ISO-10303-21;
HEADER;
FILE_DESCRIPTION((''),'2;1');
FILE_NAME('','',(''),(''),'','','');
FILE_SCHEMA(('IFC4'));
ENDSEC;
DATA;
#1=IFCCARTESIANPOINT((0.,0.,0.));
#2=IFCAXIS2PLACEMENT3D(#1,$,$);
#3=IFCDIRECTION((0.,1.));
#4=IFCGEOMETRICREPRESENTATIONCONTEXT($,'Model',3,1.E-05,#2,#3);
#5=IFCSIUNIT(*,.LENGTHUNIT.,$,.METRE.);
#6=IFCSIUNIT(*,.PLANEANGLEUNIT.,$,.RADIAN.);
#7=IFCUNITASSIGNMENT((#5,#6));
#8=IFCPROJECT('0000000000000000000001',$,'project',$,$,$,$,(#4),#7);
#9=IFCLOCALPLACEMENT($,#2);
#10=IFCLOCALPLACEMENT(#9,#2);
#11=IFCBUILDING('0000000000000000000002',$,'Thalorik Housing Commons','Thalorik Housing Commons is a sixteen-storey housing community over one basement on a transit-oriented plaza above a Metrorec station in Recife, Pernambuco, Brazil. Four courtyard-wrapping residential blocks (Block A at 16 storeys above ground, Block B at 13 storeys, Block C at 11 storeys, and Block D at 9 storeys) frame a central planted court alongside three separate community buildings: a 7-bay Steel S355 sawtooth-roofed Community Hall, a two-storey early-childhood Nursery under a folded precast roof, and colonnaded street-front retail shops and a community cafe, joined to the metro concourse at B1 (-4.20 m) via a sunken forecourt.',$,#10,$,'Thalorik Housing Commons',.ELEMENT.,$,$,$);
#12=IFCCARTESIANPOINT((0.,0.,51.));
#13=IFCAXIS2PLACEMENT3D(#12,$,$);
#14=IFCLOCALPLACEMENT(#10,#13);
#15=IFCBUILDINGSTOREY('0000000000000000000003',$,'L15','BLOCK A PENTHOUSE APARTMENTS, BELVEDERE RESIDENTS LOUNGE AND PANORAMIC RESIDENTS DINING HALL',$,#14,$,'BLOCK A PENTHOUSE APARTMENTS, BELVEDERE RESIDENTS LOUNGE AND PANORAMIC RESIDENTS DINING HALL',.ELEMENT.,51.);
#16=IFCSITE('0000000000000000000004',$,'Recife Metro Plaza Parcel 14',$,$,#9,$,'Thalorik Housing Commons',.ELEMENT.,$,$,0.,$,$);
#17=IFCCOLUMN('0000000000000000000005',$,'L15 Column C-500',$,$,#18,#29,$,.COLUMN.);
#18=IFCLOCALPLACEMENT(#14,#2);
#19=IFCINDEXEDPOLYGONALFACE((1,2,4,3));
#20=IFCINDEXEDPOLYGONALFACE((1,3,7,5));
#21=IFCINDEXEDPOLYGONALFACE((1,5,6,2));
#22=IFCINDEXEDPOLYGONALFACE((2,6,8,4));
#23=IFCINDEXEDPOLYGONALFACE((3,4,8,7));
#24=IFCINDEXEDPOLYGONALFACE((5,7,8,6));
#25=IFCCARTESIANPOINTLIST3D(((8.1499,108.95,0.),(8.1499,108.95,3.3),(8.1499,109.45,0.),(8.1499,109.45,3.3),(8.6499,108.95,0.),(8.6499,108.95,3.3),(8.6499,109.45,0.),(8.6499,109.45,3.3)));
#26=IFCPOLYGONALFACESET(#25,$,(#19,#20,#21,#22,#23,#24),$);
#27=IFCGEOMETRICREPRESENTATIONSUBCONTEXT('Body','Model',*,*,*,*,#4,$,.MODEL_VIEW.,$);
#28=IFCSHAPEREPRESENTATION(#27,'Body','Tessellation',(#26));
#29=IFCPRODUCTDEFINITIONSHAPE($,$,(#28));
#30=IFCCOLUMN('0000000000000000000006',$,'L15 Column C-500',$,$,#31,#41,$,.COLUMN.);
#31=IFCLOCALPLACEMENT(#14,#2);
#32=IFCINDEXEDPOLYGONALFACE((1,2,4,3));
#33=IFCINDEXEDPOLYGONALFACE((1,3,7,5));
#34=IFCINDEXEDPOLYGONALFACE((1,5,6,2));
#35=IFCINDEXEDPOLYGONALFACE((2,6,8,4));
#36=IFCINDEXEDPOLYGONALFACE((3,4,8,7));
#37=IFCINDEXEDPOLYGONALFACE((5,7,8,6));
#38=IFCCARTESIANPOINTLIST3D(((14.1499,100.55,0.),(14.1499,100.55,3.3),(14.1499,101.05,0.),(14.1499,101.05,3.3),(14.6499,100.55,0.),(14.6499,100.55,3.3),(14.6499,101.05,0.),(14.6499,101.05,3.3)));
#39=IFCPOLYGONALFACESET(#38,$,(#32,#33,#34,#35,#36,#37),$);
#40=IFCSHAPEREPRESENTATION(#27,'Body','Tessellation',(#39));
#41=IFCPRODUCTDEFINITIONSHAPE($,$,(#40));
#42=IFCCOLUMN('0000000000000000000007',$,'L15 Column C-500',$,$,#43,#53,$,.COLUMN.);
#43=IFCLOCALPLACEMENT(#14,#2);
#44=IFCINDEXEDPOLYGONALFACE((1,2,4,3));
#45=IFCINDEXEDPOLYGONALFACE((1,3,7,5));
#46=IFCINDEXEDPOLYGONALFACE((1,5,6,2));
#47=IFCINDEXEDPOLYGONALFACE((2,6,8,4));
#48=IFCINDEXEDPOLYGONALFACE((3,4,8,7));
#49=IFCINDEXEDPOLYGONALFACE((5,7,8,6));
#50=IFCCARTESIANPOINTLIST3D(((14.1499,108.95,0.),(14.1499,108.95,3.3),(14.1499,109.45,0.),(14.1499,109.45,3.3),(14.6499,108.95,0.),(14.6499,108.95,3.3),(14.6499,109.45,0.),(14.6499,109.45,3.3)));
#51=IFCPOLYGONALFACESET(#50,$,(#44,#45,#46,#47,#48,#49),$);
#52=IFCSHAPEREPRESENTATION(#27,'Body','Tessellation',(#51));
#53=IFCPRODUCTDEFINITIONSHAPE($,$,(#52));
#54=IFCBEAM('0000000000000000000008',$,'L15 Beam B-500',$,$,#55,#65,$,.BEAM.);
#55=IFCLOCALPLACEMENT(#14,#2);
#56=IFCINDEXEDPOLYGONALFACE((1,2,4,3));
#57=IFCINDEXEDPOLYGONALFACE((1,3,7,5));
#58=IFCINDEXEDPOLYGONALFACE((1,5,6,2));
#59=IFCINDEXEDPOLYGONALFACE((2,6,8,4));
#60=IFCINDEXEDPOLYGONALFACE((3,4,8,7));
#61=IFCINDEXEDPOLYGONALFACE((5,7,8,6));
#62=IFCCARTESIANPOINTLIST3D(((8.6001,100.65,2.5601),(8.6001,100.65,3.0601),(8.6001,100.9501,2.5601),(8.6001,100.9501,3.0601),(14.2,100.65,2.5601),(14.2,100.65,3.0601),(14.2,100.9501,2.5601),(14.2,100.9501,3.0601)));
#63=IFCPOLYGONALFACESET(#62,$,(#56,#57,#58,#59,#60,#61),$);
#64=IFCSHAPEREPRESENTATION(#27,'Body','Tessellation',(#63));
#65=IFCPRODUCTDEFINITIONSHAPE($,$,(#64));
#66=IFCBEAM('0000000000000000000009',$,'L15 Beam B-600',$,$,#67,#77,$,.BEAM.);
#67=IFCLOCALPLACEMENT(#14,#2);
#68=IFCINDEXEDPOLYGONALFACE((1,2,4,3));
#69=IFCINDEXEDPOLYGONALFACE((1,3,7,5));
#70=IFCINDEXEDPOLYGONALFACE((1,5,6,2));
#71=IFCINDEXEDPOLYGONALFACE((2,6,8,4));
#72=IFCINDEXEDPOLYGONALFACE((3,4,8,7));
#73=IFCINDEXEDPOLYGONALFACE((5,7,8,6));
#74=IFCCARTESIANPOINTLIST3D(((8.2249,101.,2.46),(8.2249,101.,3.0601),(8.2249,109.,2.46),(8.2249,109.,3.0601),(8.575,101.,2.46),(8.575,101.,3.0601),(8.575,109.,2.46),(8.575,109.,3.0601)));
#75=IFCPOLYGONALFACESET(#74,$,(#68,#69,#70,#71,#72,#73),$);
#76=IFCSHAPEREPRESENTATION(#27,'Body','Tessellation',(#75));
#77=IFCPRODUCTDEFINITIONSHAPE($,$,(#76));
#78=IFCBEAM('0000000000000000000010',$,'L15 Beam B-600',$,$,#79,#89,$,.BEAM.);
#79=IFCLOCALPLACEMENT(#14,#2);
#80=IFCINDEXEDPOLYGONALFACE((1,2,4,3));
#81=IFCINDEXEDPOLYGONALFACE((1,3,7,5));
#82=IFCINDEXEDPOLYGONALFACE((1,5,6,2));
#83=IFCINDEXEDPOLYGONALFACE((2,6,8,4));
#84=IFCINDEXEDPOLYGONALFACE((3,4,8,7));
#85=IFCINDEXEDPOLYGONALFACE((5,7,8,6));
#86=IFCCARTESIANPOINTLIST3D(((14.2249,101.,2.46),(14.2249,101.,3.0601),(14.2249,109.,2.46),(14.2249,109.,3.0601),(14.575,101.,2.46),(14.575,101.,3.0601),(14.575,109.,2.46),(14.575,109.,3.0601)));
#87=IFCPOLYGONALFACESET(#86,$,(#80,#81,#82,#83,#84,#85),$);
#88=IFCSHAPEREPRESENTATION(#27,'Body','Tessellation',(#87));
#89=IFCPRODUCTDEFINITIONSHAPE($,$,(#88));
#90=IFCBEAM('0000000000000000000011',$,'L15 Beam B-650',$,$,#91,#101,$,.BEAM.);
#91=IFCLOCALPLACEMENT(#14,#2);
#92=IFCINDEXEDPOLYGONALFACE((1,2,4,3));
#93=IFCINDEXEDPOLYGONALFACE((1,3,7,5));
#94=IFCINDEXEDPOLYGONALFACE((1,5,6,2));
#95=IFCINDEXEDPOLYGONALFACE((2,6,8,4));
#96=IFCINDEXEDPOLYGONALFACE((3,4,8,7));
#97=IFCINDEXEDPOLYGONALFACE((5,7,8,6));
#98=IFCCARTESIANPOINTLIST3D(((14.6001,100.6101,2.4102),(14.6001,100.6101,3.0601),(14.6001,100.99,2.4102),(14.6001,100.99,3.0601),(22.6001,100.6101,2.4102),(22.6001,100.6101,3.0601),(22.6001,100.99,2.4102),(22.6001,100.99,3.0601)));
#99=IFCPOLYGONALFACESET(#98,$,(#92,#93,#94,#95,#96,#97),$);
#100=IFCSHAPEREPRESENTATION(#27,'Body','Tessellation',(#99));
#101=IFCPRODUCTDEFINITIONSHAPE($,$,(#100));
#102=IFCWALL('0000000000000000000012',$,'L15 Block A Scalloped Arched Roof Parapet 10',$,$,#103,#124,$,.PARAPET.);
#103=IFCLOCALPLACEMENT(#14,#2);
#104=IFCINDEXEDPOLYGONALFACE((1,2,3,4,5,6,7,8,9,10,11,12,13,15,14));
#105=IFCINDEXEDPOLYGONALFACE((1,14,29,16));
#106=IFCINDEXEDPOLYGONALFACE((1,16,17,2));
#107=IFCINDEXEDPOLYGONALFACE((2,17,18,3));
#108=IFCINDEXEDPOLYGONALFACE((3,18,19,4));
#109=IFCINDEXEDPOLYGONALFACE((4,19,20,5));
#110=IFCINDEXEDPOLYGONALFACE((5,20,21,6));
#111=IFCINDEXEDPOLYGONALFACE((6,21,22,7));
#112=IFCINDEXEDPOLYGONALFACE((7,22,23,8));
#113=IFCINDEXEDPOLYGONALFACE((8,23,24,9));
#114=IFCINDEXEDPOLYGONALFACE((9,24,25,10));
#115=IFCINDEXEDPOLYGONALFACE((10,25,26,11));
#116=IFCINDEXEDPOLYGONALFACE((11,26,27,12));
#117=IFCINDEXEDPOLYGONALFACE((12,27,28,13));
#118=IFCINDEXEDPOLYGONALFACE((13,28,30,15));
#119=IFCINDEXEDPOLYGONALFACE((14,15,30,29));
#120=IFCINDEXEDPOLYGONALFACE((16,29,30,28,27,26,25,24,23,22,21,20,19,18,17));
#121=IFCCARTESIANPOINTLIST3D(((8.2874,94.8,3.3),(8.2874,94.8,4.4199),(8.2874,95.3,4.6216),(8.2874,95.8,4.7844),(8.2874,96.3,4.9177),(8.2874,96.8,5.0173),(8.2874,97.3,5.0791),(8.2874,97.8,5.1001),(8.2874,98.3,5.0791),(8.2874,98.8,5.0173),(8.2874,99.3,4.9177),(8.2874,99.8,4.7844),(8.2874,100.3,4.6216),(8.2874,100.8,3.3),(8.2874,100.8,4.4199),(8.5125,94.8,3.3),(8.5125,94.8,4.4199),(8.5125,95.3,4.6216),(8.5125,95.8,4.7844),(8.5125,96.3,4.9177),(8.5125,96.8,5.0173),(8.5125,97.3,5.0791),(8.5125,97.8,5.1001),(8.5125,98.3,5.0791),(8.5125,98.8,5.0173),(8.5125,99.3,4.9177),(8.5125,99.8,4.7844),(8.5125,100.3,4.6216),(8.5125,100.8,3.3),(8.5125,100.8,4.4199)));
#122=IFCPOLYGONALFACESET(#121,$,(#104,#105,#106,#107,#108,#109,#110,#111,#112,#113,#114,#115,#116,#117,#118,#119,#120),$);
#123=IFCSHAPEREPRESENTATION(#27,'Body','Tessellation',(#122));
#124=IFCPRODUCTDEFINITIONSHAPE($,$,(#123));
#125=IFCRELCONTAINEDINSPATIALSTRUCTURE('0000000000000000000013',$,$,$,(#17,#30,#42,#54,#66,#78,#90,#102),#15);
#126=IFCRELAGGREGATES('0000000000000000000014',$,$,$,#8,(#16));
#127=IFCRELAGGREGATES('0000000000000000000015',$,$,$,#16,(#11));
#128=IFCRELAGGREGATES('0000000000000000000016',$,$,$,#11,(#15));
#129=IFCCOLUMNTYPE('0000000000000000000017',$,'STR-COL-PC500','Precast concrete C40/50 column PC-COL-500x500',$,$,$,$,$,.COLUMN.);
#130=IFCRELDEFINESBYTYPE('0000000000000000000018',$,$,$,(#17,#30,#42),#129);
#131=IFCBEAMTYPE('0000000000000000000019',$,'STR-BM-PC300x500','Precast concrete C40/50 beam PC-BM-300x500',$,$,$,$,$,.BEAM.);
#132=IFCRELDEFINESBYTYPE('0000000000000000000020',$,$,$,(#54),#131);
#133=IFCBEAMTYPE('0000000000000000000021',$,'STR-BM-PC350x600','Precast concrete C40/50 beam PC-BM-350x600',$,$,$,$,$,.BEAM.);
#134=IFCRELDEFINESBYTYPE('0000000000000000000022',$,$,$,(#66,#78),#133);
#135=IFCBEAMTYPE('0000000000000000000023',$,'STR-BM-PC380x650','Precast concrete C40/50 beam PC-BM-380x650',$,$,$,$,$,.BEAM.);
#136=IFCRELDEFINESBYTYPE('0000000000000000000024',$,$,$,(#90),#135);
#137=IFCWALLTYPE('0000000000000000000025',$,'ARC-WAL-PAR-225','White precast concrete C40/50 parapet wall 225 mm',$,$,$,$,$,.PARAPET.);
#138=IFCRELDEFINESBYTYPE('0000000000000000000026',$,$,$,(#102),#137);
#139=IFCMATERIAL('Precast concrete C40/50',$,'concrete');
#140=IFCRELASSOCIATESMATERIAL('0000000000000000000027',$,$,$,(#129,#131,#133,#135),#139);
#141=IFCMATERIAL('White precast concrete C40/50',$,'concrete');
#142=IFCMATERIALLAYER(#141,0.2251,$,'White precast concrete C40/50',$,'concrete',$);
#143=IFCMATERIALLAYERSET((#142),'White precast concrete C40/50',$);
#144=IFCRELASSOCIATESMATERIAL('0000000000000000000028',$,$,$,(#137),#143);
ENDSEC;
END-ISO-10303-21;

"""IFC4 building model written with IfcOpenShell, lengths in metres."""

from ifc_helpers import new_model, si_unit, direction, frame, origin, origin_2d, place, context, subcontext, project, spatial, polyline, rectangle, outline, extrude, material, layer, layer_set, material_profile, profile_set, type_object, element, save


model = new_model("IFC4")

# Units and contexts
model_context = context("Model", 3, precision=1e-05, world=origin(), true_north=direction((0.0, 1.0)))
body_context = subcontext(model_context, "Body", "Model", "MODEL_VIEW")
ifc_project = project(units=[si_unit("LENGTHUNIT", "METRE"), si_unit("PLANEANGLEUNIT", "RADIAN")], contexts=[model_context])

# Site, building, storey
site_placement = place(None, origin())
site = spatial("IfcSite", under=ifc_project, at=site_placement, Name="Recife Metro Plaza Parcel 14", LongName="Thalorik Housing Commons", CompositionType="ELEMENT", RefElevation=0.0)
building_placement = place(site_placement, origin())
building = spatial("IfcBuilding", under=site, at=building_placement, Name="Thalorik Housing Commons", Description="Thalorik Housing Commons is a sixteen-storey housing community over one basement on a transit-oriented plaza above a Metrorec station in Recife, Pernambuco, Brazil. Four courtyard-wrapping residential blocks (Block A at 16 storeys above ground, Block B at 13 storeys, Block C at 11 storeys, and Block D at 9 storeys) frame a central planted court alongside three separate community buildings: a 7-bay Steel S355 sawtooth-roofed Community Hall, a two-storey early-childhood Nursery under a folded precast roof, and colonnaded street-front retail shops and a community cafe, joined to the metro concourse at B1 (-4.20 m) via a sunken forecourt.", LongName="Thalorik Housing Commons", CompositionType="ELEMENT")
storey_placement = place(building_placement, frame((0.0, 0.0, 51.0)))
storey = spatial("IfcBuildingStorey", under=building, at=storey_placement, Name="L15", Description="BLOCK A PENTHOUSE APARTMENTS, BELVEDERE RESIDENTS LOUNGE AND PANORAMIC RESIDENTS DINING HALL", LongName="BLOCK A PENTHOUSE APARTMENTS, BELVEDERE RESIDENTS LOUNGE AND PANORAMIC RESIDENTS DINING HALL", CompositionType="ELEMENT", Elevation=51.0)

# Columns
ifc_material_1 = material(Name="Precast concrete C40/50", Category="concrete")
ifc_material_profile_1 = material_profile(ifc_material_1, rectangle(XDim=0.5, YDim=0.5, at=origin_2d()), Name="PC 500x500", Category="concrete")
ifc_profile_set_1 = profile_set([ifc_material_profile_1], Name="Precast concrete C40/50")
column_type = type_object("IfcColumnType", Name="STR-COL-PC500", Description="Precast concrete C40/50 column PC-COL-500x500", PredefinedType="COLUMN", material=ifc_profile_set_1)
for number, where, z_axis, x_axis, name in (
    (1, (8.3999, 109.2, 0.0), (0.0, 0.0, 1.0), (1.0, 0.0, 0.0), "L15 Column C-500"),
    (2, (14.3999, 100.8, 0.0), (0.0, 0.0, 1.0), (1.0, 0.0, 0.0), "L15 Column C-500"),
    (3, (14.3999, 109.2, 0.0), (0.0, 0.0, 1.0), (1.0, 0.0, 0.0), "L15 Column C-500"),
):
    element("IfcColumn", number, at=place(storey_placement, frame(where, z_axis=z_axis, x_axis=x_axis)), inside=storey, type_object=column_type, Name=name, PredefinedType="COLUMN", context=body_context, shape_type="SweptSolid", body=[
        extrude(rectangle(XDim=0.5, YDim=0.5, at=origin_2d()), origin(), (0.0, 0.0, 1.0), 3.3),
    ])

# Beams
ifc_material_profile_2 = material_profile(ifc_material_1, rectangle(XDim=0.3, YDim=0.5, at=origin_2d()), Name="PC 300x500", Category="concrete")
ifc_profile_set_2 = profile_set([ifc_material_profile_2], Name="Precast concrete C40/50")
beam_type_1 = type_object("IfcBeamType", Name="STR-BM-PC300x500", Description="Precast concrete C40/50 beam PC-BM-300x500", PredefinedType="BEAM", material=ifc_profile_set_2)
beam_1_placement = place(storey_placement, frame((8.6001, 100.8, 2.8101), z_axis=(1.0, 0.0, 0.0), x_axis=(0.0, 1.0, 0.0)))
element("IfcBeam", 4, at=beam_1_placement, inside=storey, type_object=beam_type_1, Name="L15 Beam B-500", PredefinedType="BEAM", context=body_context, shape_type="SweptSolid", body=[
    extrude(rectangle(XDim=0.3, YDim=0.5, at=origin_2d()), origin(), (0.0, 0.0, 1.0), 5.5999),
])
ifc_material_profile_3 = material_profile(ifc_material_1, rectangle(XDim=0.3501, YDim=0.6001, at=origin_2d()), Name="PC 350x600", Category="concrete")
ifc_profile_set_3 = profile_set([ifc_material_profile_3], Name="Precast concrete C40/50")
beam_type_2 = type_object("IfcBeamType", Name="STR-BM-PC350x600", Description="Precast concrete C40/50 beam PC-BM-350x600", PredefinedType="BEAM", material=ifc_profile_set_3)
for number, where, z_axis, x_axis, name in (
    (5, (8.3999, 101.0, 2.76), (0.0, 1.0, 0.0), (-1.0, 0.0, 0.0), "L15 Beam B-600"),
    (6, (14.3999, 101.0, 2.76), (0.0, 1.0, 0.0), (-1.0, 0.0, 0.0), "L15 Beam B-600"),
):
    element("IfcBeam", number, at=place(storey_placement, frame(where, z_axis=z_axis, x_axis=x_axis)), inside=storey, type_object=beam_type_2, Name=name, PredefinedType="BEAM", context=body_context, shape_type="SweptSolid", body=[
        extrude(rectangle(XDim=0.3501, YDim=0.6001, at=origin_2d()), origin(), (0.0, 0.0, 1.0), 8.0),
    ])
ifc_material_profile_4 = material_profile(ifc_material_1, rectangle(XDim=0.3799, YDim=0.6499, at=origin_2d()), Name="PC 380x650", Category="concrete")
ifc_profile_set_4 = profile_set([ifc_material_profile_4], Name="Precast concrete C40/50")
beam_type_3 = type_object("IfcBeamType", Name="STR-BM-PC380x650", Description="Precast concrete C40/50 beam PC-BM-380x650", PredefinedType="BEAM", material=ifc_profile_set_4)
beam_2_placement = place(storey_placement, frame((14.6001, 100.8, 2.7351), z_axis=(1.0, 0.0, 0.0), x_axis=(0.0, 1.0, 0.0)))
element("IfcBeam", 7, at=beam_2_placement, inside=storey, type_object=beam_type_3, Name="L15 Beam B-650", PredefinedType="BEAM", context=body_context, shape_type="SweptSolid", body=[
    extrude(rectangle(XDim=0.3799, YDim=0.6499, at=origin_2d()), origin(), (0.0, 0.0, 1.0), 8.0),
])

# Wall
ifc_material_2 = material(Name="White precast concrete C40/50", Category="concrete")
ifc_layer_1 = layer(ifc_material_2, 0.2251, Name="White precast concrete C40/50", Category="concrete")
ifc_layer_set_1 = layer_set([ifc_layer_1], Name="White precast concrete C40/50")
wall_type_1 = type_object("IfcWallType", Name="ARC-WAL-PAR-225", Description="White precast concrete C40/50 parapet wall 225 mm", PredefinedType="PARAPET", material=ifc_layer_set_1)
wall_1_placement = place(storey_placement, frame((8.3999, 100.8, 3.3), z_axis=(0.0, 0.0, 1.0), x_axis=(0.0, -1.0, 0.0)))
element("IfcWall", 8, at=wall_1_placement, inside=storey, type_object=wall_type_1, Name="L15 Block A Scalloped Arched Roof Parapet 10", PredefinedType="PARAPET", context=body_context, shape_type="SweptSolid", body=[
    extrude(outline(polyline([(0.0, 0.0), (6.0, 0.0), (6.0, 1.1199), (5.5, 1.3215), (5.0, 1.4844), (4.5, 1.6177), (4.0, 1.7173), (3.5, 1.7791), (3.0, 1.8), (2.5, 1.7791), (2.0, 1.7173), (1.5, 1.6177), (1.0, 1.4844), (0.5, 1.3215), (0.0, 1.1199), (0.0, 0.0)])), frame((0.0, 0.1125, 0.0), z_axis=(0.0, -1.0, 0.0), x_axis=(1.0, 0.0, 0.0)), (0.0, 0.0, 1.0), 0.2251),
])

save(model, "model.ifc")
